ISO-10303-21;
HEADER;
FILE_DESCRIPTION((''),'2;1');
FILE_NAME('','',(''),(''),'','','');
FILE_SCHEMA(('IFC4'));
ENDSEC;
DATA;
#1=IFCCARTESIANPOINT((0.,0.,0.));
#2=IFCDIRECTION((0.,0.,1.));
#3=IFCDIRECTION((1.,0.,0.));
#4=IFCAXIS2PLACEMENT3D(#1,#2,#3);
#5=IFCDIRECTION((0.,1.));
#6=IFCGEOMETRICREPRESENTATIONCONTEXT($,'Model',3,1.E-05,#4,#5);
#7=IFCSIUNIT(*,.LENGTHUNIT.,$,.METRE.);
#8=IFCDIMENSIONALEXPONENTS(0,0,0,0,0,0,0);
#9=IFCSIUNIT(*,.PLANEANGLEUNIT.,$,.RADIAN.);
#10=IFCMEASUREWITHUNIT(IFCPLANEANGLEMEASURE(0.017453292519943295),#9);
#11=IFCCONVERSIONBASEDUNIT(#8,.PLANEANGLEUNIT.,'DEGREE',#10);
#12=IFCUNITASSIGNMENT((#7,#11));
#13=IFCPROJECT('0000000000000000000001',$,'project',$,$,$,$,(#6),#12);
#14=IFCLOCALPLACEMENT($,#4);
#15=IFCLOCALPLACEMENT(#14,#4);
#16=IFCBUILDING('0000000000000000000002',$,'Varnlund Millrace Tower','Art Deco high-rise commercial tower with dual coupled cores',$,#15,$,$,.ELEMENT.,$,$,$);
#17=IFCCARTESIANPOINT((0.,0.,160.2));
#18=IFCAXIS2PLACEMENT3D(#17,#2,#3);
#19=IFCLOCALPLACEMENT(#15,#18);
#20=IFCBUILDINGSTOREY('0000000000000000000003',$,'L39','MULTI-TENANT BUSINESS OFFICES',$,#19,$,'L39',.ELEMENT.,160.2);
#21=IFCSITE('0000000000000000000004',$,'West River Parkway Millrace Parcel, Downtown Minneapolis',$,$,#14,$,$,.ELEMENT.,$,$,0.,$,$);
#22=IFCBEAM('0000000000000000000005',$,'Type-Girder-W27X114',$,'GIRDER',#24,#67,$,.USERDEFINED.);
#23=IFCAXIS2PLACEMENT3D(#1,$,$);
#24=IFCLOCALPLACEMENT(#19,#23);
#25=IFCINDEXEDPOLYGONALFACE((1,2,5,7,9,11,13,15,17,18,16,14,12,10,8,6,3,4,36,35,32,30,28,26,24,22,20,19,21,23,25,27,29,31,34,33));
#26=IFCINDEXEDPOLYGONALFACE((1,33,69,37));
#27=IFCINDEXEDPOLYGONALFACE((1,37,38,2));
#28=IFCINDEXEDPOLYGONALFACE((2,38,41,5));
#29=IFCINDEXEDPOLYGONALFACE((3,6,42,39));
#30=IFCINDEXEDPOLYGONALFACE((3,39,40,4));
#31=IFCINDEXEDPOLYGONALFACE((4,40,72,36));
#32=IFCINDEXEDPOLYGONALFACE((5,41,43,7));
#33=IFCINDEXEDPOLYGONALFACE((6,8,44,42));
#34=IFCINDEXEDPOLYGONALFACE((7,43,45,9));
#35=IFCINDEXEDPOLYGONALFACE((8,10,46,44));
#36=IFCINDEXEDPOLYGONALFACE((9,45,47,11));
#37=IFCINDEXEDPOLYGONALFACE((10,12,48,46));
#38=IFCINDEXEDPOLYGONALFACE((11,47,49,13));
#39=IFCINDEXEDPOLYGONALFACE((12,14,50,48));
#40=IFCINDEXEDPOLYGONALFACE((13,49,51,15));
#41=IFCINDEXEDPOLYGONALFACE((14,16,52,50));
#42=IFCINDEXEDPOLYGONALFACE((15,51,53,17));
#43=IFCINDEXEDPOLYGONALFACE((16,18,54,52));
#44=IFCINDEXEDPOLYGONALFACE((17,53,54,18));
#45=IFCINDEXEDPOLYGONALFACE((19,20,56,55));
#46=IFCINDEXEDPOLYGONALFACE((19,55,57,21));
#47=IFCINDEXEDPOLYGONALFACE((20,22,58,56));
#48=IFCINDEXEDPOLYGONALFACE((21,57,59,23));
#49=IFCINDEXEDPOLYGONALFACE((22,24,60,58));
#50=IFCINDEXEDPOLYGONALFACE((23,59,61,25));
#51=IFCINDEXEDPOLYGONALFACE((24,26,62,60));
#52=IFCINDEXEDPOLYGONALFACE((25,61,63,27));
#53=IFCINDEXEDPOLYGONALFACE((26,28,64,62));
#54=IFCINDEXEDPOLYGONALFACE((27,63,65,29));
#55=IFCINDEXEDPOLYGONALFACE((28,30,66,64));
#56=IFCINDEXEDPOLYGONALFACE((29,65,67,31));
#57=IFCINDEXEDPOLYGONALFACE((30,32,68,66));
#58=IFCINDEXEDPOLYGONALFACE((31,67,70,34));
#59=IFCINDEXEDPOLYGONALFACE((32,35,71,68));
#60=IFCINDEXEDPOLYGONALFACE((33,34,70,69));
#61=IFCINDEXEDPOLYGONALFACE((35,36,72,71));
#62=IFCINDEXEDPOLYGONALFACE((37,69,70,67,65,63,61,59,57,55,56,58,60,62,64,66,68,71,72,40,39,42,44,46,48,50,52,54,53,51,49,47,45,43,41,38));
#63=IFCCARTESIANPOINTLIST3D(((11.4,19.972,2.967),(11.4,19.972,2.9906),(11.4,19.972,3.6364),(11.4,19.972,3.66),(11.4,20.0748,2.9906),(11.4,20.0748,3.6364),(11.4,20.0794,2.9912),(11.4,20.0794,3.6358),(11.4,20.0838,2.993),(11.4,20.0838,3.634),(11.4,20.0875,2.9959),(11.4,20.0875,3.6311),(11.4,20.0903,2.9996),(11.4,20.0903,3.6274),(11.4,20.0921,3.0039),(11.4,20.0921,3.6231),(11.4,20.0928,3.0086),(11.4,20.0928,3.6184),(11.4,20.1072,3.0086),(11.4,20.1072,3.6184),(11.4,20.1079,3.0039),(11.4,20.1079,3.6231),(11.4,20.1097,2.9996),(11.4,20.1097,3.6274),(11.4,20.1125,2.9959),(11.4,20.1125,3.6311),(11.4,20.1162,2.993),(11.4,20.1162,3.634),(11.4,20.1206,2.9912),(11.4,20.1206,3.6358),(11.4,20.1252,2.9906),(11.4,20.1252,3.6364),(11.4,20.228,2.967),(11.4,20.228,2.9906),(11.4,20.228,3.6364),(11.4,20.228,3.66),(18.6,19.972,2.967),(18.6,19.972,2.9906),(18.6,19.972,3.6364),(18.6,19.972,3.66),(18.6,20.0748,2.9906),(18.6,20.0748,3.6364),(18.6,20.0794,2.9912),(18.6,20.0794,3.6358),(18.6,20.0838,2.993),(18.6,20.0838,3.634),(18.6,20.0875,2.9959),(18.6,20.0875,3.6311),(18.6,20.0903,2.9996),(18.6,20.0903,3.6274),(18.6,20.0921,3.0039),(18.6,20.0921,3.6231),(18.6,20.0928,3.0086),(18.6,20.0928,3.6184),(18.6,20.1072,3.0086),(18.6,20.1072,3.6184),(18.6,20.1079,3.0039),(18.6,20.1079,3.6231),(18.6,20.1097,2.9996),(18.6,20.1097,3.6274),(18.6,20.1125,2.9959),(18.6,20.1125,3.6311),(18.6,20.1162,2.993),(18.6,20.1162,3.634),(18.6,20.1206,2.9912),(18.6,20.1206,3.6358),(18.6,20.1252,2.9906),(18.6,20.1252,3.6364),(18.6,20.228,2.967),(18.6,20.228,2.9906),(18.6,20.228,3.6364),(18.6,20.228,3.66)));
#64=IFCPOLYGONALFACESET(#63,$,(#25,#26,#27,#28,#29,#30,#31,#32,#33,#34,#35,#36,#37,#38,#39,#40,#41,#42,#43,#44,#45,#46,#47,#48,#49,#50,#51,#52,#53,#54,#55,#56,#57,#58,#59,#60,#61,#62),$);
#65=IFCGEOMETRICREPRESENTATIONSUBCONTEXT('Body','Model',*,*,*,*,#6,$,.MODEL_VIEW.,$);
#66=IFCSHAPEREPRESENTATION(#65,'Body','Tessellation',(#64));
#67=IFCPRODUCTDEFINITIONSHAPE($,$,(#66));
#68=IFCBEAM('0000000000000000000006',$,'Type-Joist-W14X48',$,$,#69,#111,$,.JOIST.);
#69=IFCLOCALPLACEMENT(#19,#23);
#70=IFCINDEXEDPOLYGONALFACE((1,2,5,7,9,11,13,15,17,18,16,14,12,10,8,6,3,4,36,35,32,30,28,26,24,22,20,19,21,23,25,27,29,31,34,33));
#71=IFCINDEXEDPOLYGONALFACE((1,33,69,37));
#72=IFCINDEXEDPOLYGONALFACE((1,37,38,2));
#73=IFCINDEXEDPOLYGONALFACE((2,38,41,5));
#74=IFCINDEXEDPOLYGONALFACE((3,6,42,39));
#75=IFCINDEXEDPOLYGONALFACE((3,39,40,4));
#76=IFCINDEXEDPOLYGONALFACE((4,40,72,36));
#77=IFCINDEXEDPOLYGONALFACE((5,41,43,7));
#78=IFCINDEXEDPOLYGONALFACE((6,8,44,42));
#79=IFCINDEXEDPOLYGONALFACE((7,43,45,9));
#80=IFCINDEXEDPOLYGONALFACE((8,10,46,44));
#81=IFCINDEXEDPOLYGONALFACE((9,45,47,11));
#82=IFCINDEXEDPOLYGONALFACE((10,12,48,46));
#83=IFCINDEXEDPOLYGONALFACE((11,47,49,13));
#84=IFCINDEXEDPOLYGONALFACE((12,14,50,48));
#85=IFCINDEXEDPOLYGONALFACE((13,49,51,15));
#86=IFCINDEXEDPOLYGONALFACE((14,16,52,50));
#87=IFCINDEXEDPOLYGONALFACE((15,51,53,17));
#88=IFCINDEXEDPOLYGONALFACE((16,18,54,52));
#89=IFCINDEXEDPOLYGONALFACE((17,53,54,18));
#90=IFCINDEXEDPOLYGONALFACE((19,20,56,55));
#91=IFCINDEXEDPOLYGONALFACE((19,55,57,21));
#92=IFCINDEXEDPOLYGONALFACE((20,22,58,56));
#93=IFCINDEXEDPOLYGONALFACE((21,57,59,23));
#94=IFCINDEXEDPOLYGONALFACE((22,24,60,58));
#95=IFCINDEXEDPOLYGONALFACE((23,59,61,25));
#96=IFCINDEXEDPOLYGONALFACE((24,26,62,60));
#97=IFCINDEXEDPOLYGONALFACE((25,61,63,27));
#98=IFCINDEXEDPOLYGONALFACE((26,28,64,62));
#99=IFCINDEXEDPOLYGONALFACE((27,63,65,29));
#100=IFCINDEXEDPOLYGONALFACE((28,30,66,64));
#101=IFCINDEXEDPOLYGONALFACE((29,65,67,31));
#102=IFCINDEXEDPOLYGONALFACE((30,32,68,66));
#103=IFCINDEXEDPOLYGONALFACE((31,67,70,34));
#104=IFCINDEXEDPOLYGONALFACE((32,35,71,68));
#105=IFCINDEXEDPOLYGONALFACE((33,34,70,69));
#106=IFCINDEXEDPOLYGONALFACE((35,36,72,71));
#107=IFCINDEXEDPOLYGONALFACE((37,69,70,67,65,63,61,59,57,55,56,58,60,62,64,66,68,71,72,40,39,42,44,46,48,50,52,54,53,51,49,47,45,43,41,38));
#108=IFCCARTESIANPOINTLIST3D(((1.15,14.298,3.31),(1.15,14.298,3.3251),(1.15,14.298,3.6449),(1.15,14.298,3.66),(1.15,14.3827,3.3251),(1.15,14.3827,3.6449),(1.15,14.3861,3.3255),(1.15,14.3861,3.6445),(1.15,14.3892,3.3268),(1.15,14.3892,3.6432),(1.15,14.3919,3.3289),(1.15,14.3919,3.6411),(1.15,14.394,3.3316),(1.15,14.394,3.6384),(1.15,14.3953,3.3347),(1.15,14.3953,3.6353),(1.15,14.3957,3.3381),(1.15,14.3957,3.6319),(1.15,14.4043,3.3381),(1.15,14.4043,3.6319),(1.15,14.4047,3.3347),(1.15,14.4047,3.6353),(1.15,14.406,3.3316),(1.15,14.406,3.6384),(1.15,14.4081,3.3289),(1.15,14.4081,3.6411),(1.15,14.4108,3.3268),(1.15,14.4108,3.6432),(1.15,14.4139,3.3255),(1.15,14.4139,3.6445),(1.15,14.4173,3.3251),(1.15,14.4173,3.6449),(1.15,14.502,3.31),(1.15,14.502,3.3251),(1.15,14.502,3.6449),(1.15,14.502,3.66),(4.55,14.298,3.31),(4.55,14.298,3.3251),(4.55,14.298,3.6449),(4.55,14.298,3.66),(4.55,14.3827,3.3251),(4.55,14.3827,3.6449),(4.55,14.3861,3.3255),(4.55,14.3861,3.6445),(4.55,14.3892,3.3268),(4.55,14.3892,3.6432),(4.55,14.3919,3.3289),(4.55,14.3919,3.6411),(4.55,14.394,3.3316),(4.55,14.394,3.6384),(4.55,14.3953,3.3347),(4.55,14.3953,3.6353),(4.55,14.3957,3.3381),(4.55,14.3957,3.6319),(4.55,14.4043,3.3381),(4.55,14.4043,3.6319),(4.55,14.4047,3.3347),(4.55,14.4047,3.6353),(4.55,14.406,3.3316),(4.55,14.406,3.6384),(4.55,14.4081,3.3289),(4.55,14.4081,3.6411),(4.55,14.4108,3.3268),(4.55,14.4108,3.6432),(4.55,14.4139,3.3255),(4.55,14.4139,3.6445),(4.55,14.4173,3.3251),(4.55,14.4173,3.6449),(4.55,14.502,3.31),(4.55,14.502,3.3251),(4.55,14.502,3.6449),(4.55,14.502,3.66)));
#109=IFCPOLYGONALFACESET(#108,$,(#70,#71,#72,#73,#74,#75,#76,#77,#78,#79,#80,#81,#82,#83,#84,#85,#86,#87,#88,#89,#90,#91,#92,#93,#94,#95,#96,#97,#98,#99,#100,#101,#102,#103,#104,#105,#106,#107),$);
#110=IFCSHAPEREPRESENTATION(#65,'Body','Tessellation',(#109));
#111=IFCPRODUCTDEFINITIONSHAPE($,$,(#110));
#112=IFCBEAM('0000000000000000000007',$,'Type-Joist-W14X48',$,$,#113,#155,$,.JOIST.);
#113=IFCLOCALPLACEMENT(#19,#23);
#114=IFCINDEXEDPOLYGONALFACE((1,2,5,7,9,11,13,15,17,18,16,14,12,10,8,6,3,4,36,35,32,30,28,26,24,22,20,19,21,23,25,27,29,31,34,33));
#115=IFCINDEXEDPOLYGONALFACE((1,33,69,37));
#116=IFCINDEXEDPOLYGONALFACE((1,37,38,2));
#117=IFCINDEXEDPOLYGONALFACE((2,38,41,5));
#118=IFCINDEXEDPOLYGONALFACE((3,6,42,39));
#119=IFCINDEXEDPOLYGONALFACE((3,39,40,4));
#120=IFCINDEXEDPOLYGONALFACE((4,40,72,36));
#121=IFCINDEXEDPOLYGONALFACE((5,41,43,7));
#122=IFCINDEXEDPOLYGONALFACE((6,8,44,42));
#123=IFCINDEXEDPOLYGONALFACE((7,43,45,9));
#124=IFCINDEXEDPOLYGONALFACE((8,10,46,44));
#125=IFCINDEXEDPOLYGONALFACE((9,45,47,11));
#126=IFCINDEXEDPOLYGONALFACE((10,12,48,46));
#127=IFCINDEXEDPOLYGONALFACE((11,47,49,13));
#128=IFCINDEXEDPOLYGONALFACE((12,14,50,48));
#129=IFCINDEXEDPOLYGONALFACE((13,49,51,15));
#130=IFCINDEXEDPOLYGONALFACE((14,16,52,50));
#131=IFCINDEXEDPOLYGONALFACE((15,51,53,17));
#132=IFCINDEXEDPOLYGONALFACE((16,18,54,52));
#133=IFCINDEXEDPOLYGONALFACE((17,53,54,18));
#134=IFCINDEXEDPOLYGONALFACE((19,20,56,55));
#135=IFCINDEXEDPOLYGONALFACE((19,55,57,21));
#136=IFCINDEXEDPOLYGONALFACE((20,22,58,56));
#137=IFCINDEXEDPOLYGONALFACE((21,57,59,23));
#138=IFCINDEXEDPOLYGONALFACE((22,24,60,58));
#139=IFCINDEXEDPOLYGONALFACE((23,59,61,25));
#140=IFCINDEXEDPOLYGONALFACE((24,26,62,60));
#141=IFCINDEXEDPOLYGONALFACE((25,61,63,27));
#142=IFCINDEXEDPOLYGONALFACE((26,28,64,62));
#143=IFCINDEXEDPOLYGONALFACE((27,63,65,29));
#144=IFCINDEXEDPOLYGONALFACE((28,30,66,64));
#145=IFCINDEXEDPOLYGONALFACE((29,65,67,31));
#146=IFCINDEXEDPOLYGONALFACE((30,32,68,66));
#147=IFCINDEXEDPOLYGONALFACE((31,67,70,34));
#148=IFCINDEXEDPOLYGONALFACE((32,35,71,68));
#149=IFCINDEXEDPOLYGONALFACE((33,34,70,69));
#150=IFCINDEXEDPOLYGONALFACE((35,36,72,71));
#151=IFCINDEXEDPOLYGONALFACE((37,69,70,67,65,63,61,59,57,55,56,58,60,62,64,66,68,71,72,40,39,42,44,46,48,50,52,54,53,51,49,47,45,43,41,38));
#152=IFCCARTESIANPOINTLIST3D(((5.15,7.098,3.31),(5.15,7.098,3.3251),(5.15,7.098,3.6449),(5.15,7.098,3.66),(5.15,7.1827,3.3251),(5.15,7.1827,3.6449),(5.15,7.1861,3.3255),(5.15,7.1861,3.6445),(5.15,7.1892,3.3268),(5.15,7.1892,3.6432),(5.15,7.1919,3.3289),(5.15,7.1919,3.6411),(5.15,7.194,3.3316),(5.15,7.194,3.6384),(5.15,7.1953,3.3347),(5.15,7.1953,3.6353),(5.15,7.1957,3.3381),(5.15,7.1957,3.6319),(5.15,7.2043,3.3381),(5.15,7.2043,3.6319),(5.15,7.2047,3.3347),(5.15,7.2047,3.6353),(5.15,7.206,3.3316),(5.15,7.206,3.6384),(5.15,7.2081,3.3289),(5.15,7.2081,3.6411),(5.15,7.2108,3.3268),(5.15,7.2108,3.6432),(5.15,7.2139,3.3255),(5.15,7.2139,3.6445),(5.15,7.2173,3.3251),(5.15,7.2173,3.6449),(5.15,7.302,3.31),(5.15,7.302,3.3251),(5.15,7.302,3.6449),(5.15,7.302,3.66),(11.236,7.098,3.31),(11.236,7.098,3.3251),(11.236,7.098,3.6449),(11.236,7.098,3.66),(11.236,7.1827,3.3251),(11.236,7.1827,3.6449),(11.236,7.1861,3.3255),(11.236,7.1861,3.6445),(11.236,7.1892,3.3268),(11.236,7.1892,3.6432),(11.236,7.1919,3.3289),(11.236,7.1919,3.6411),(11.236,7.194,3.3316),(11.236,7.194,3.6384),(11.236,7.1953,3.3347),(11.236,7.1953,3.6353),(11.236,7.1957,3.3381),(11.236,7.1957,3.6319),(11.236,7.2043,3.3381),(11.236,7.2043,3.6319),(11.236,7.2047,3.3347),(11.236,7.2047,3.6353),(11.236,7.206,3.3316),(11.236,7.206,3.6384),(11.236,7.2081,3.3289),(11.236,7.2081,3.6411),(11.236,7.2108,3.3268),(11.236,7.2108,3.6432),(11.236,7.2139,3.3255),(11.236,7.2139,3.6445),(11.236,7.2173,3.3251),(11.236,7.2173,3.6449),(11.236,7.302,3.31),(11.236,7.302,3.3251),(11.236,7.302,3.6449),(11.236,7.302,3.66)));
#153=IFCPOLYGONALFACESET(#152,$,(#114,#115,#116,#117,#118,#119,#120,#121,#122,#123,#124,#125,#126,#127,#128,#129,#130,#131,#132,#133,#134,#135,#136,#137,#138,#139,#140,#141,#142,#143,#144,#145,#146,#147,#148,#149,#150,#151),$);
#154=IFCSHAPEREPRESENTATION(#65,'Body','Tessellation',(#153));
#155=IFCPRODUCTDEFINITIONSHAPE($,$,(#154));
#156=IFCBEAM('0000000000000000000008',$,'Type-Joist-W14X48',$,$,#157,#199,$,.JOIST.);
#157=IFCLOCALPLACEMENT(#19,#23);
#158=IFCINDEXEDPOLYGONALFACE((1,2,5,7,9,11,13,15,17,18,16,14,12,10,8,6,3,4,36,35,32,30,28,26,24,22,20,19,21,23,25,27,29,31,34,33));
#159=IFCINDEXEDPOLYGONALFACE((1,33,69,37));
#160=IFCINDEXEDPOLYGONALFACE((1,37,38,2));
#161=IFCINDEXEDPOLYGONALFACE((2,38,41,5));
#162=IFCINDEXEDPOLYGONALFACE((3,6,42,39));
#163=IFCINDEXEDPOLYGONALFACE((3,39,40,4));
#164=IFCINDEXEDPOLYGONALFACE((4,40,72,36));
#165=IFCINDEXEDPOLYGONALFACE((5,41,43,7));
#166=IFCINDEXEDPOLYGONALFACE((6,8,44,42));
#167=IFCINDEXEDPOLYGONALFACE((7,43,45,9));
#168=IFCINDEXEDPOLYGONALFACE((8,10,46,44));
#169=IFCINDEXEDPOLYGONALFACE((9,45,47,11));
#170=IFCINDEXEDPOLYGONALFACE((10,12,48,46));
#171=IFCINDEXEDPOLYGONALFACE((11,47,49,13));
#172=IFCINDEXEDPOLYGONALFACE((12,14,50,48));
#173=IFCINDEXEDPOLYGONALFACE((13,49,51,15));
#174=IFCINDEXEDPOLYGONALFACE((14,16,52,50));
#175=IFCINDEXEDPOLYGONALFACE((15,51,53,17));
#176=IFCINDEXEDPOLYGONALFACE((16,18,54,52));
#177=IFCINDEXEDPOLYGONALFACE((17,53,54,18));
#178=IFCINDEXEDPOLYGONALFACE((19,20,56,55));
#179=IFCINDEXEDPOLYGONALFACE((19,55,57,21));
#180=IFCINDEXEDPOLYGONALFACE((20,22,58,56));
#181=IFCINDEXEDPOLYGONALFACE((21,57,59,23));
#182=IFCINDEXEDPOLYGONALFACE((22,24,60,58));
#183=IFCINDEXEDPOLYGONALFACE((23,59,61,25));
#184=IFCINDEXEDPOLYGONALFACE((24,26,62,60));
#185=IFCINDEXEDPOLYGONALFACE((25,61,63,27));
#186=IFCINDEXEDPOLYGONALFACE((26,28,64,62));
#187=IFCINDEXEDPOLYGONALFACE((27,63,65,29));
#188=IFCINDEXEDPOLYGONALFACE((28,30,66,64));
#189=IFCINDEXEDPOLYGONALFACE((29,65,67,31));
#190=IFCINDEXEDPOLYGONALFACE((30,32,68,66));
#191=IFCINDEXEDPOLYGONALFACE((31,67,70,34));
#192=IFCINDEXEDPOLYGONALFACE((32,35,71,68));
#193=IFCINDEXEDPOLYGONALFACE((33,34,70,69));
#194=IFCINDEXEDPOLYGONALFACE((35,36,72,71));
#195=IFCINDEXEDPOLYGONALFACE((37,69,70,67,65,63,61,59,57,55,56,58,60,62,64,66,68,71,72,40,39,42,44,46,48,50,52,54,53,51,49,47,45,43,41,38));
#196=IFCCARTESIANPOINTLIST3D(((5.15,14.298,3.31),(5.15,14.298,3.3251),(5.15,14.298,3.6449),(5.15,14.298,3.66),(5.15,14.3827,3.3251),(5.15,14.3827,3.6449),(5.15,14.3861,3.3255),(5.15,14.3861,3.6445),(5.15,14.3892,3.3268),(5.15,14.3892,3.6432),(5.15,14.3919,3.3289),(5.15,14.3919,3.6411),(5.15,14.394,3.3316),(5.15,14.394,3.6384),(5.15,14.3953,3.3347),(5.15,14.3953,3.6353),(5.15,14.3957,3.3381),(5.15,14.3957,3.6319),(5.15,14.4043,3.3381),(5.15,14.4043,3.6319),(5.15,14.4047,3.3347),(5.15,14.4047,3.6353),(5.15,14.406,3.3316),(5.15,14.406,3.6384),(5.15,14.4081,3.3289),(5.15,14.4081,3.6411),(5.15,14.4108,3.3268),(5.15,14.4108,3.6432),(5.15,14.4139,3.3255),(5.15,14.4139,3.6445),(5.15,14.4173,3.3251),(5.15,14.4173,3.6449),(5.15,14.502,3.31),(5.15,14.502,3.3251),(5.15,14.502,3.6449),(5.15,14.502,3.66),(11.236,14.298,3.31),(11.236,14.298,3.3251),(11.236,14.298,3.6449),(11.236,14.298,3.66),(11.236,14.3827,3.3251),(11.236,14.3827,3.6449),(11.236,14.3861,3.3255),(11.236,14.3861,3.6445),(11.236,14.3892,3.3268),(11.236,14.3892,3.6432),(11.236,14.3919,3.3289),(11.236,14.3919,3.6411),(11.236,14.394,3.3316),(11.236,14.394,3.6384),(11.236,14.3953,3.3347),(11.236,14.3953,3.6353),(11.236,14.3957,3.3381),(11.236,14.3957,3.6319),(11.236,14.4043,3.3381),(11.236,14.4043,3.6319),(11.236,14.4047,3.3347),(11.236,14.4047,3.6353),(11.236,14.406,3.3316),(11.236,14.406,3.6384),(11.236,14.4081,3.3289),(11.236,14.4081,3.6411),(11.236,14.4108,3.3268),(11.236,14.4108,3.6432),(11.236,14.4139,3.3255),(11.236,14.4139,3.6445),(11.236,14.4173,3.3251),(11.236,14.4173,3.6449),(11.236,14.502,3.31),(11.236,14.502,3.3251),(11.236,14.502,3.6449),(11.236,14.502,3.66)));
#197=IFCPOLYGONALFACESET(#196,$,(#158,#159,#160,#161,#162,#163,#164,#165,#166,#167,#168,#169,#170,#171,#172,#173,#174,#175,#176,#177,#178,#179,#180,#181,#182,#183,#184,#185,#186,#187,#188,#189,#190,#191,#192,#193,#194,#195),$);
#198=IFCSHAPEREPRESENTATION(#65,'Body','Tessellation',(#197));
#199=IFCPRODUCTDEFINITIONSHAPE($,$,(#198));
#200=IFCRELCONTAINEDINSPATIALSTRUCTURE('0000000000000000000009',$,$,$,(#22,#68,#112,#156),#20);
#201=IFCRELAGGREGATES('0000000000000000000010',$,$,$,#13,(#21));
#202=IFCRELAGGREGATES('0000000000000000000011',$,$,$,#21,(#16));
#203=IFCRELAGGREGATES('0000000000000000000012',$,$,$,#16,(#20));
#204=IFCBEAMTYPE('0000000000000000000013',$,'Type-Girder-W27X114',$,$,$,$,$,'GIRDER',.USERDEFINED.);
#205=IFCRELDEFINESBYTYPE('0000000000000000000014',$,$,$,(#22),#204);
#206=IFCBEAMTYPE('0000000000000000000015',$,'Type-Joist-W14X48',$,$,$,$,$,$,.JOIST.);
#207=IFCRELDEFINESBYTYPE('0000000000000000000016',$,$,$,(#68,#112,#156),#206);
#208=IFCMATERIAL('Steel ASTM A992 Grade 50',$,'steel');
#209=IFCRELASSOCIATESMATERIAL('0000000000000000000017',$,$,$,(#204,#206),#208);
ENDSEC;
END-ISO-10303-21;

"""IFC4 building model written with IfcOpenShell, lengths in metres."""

from ifc_helpers import new_model, entity, si_unit, converted_unit, direction, frame, origin_with_axes, origin_2d_with_axis, place, context, subcontext, project, spatial, i_section, extrude, material, material_profile, profile_set, type_object, element, save


model = new_model("IFC4")

# Units and contexts
model_context = context("Model", 3, precision=1e-05, world=origin_with_axes(), true_north=direction((0.0, 1.0)))
body_context = subcontext(model_context, "Body", "Model", "MODEL_VIEW")
ifc_project = project(units=[si_unit("LENGTHUNIT", "METRE"), converted_unit("PLANEANGLEUNIT", "DEGREE", entity("IfcPlaneAngleMeasure", 0.017453292519943295), si_unit("PLANEANGLEUNIT", "RADIAN"), dimensions=[0, 0, 0, 0, 0, 0, 0])], contexts=[model_context])

# Site, building, storey
site_placement = place(None, origin_with_axes())
site = spatial("IfcSite", under=ifc_project, at=site_placement, Name="West River Parkway Millrace Parcel, Downtown Minneapolis", CompositionType="ELEMENT", RefElevation=0.0)
building_placement = place(site_placement, origin_with_axes())
building = spatial("IfcBuilding", under=site, at=building_placement, Name="Varnlund Millrace Tower", Description="Art Deco high-rise commercial tower with dual coupled cores", CompositionType="ELEMENT")
storey_placement = place(building_placement, frame((0.0, 0.0, 160.2), z_axis=(0.0, 0.0, 1.0), x_axis=(1.0, 0.0, 0.0)))
storey = spatial("IfcBuildingStorey", under=building, at=storey_placement, Name="L39", Description="MULTI-TENANT BUSINESS OFFICES", LongName="L39", CompositionType="ELEMENT", Elevation=160.2)

# Beams
ifc_material_1 = material(Name="Steel ASTM A992 Grade 50", Category="steel")
ifc_material_profile_1 = material_profile(ifc_material_1, i_section(OverallWidth=0.256, OverallDepth=0.693, WebThickness=0.0145, FlangeThickness=0.0236, FilletRadius=0.018, at=origin_2d_with_axis()), Name="Steel ASTM A992 Grade 50")
ifc_profile_set_1 = profile_set([ifc_material_profile_1], Name="Steel ASTM A992 Grade 50")
beam_type_1 = type_object("IfcBeamType", Name="Type-Girder-W27X114", ElementType="GIRDER", PredefinedType="USERDEFINED", material=ifc_profile_set_1)
beam_1_placement = place(storey_placement, frame((11.4, 20.1, 3.3135), z_axis=(1.0, 0.0, 0.0), x_axis=(0.0, 1.0, 0.0)))
element("IfcBeam", 1, at=beam_1_placement, inside=storey, type_object=beam_type_1, Name="Type-Girder-W27X114", ObjectType="GIRDER", PredefinedType="USERDEFINED", context=body_context, shape_type="SweptSolid", body=[
    extrude(i_section(OverallWidth=0.256, OverallDepth=0.693, WebThickness=0.0145, FlangeThickness=0.0236, FilletRadius=0.018, at=origin_2d_with_axis()), origin_with_axes(), (0.0, 0.0, 1.0), 7.2),
])
ifc_material_profile_2 = material_profile(ifc_material_1, i_section(OverallWidth=0.204, OverallDepth=0.35, WebThickness=0.0086, FlangeThickness=0.0151, FilletRadius=0.013, at=origin_2d_with_axis()), Name="Steel ASTM A992 Grade 50")
ifc_profile_set_2 = profile_set([ifc_material_profile_2], Name="Steel ASTM A992 Grade 50")
beam_type_2 = type_object("IfcBeamType", Name="Type-Joist-W14X48", PredefinedType="JOIST", material=ifc_profile_set_2)
beam_2_placement = place(storey_placement, frame((1.15, 14.4, 3.485), z_axis=(1.0, 0.0, 0.0), x_axis=(0.0, 1.0, 0.0)))
element("IfcBeam", 2, at=beam_2_placement, inside=storey, type_object=beam_type_2, Name="Type-Joist-W14X48", PredefinedType="JOIST", context=body_context, shape_type="SweptSolid", body=[
    extrude(i_section(OverallWidth=0.204, OverallDepth=0.35, WebThickness=0.0086, FlangeThickness=0.0151, FilletRadius=0.013, at=origin_2d_with_axis()), origin_with_axes(), (0.0, 0.0, 1.0), 3.4),
])
for number, where, z_axis, x_axis, name in (
    (3, (5.15, 7.2, 3.485), (1.0, 0.0, 0.0), (0.0, 1.0, 0.0), "Type-Joist-W14X48"),
    (4, (5.15, 14.4, 3.485), (1.0, 0.0, 0.0), (0.0, 1.0, 0.0), "Type-Joist-W14X48"),
):
    element("IfcBeam", number, at=place(storey_placement, frame(where, z_axis=z_axis, x_axis=x_axis)), inside=storey, type_object=beam_type_2, Name=name, PredefinedType="JOIST", context=body_context, shape_type="SweptSolid", body=[
        extrude(i_section(OverallWidth=0.204, OverallDepth=0.35, WebThickness=0.0086, FlangeThickness=0.0151, FilletRadius=0.013, at=origin_2d_with_axis()), origin_with_axes(), (0.0, 0.0, 1.0), 6.086),
    ])

save(model, "model.ifc")
